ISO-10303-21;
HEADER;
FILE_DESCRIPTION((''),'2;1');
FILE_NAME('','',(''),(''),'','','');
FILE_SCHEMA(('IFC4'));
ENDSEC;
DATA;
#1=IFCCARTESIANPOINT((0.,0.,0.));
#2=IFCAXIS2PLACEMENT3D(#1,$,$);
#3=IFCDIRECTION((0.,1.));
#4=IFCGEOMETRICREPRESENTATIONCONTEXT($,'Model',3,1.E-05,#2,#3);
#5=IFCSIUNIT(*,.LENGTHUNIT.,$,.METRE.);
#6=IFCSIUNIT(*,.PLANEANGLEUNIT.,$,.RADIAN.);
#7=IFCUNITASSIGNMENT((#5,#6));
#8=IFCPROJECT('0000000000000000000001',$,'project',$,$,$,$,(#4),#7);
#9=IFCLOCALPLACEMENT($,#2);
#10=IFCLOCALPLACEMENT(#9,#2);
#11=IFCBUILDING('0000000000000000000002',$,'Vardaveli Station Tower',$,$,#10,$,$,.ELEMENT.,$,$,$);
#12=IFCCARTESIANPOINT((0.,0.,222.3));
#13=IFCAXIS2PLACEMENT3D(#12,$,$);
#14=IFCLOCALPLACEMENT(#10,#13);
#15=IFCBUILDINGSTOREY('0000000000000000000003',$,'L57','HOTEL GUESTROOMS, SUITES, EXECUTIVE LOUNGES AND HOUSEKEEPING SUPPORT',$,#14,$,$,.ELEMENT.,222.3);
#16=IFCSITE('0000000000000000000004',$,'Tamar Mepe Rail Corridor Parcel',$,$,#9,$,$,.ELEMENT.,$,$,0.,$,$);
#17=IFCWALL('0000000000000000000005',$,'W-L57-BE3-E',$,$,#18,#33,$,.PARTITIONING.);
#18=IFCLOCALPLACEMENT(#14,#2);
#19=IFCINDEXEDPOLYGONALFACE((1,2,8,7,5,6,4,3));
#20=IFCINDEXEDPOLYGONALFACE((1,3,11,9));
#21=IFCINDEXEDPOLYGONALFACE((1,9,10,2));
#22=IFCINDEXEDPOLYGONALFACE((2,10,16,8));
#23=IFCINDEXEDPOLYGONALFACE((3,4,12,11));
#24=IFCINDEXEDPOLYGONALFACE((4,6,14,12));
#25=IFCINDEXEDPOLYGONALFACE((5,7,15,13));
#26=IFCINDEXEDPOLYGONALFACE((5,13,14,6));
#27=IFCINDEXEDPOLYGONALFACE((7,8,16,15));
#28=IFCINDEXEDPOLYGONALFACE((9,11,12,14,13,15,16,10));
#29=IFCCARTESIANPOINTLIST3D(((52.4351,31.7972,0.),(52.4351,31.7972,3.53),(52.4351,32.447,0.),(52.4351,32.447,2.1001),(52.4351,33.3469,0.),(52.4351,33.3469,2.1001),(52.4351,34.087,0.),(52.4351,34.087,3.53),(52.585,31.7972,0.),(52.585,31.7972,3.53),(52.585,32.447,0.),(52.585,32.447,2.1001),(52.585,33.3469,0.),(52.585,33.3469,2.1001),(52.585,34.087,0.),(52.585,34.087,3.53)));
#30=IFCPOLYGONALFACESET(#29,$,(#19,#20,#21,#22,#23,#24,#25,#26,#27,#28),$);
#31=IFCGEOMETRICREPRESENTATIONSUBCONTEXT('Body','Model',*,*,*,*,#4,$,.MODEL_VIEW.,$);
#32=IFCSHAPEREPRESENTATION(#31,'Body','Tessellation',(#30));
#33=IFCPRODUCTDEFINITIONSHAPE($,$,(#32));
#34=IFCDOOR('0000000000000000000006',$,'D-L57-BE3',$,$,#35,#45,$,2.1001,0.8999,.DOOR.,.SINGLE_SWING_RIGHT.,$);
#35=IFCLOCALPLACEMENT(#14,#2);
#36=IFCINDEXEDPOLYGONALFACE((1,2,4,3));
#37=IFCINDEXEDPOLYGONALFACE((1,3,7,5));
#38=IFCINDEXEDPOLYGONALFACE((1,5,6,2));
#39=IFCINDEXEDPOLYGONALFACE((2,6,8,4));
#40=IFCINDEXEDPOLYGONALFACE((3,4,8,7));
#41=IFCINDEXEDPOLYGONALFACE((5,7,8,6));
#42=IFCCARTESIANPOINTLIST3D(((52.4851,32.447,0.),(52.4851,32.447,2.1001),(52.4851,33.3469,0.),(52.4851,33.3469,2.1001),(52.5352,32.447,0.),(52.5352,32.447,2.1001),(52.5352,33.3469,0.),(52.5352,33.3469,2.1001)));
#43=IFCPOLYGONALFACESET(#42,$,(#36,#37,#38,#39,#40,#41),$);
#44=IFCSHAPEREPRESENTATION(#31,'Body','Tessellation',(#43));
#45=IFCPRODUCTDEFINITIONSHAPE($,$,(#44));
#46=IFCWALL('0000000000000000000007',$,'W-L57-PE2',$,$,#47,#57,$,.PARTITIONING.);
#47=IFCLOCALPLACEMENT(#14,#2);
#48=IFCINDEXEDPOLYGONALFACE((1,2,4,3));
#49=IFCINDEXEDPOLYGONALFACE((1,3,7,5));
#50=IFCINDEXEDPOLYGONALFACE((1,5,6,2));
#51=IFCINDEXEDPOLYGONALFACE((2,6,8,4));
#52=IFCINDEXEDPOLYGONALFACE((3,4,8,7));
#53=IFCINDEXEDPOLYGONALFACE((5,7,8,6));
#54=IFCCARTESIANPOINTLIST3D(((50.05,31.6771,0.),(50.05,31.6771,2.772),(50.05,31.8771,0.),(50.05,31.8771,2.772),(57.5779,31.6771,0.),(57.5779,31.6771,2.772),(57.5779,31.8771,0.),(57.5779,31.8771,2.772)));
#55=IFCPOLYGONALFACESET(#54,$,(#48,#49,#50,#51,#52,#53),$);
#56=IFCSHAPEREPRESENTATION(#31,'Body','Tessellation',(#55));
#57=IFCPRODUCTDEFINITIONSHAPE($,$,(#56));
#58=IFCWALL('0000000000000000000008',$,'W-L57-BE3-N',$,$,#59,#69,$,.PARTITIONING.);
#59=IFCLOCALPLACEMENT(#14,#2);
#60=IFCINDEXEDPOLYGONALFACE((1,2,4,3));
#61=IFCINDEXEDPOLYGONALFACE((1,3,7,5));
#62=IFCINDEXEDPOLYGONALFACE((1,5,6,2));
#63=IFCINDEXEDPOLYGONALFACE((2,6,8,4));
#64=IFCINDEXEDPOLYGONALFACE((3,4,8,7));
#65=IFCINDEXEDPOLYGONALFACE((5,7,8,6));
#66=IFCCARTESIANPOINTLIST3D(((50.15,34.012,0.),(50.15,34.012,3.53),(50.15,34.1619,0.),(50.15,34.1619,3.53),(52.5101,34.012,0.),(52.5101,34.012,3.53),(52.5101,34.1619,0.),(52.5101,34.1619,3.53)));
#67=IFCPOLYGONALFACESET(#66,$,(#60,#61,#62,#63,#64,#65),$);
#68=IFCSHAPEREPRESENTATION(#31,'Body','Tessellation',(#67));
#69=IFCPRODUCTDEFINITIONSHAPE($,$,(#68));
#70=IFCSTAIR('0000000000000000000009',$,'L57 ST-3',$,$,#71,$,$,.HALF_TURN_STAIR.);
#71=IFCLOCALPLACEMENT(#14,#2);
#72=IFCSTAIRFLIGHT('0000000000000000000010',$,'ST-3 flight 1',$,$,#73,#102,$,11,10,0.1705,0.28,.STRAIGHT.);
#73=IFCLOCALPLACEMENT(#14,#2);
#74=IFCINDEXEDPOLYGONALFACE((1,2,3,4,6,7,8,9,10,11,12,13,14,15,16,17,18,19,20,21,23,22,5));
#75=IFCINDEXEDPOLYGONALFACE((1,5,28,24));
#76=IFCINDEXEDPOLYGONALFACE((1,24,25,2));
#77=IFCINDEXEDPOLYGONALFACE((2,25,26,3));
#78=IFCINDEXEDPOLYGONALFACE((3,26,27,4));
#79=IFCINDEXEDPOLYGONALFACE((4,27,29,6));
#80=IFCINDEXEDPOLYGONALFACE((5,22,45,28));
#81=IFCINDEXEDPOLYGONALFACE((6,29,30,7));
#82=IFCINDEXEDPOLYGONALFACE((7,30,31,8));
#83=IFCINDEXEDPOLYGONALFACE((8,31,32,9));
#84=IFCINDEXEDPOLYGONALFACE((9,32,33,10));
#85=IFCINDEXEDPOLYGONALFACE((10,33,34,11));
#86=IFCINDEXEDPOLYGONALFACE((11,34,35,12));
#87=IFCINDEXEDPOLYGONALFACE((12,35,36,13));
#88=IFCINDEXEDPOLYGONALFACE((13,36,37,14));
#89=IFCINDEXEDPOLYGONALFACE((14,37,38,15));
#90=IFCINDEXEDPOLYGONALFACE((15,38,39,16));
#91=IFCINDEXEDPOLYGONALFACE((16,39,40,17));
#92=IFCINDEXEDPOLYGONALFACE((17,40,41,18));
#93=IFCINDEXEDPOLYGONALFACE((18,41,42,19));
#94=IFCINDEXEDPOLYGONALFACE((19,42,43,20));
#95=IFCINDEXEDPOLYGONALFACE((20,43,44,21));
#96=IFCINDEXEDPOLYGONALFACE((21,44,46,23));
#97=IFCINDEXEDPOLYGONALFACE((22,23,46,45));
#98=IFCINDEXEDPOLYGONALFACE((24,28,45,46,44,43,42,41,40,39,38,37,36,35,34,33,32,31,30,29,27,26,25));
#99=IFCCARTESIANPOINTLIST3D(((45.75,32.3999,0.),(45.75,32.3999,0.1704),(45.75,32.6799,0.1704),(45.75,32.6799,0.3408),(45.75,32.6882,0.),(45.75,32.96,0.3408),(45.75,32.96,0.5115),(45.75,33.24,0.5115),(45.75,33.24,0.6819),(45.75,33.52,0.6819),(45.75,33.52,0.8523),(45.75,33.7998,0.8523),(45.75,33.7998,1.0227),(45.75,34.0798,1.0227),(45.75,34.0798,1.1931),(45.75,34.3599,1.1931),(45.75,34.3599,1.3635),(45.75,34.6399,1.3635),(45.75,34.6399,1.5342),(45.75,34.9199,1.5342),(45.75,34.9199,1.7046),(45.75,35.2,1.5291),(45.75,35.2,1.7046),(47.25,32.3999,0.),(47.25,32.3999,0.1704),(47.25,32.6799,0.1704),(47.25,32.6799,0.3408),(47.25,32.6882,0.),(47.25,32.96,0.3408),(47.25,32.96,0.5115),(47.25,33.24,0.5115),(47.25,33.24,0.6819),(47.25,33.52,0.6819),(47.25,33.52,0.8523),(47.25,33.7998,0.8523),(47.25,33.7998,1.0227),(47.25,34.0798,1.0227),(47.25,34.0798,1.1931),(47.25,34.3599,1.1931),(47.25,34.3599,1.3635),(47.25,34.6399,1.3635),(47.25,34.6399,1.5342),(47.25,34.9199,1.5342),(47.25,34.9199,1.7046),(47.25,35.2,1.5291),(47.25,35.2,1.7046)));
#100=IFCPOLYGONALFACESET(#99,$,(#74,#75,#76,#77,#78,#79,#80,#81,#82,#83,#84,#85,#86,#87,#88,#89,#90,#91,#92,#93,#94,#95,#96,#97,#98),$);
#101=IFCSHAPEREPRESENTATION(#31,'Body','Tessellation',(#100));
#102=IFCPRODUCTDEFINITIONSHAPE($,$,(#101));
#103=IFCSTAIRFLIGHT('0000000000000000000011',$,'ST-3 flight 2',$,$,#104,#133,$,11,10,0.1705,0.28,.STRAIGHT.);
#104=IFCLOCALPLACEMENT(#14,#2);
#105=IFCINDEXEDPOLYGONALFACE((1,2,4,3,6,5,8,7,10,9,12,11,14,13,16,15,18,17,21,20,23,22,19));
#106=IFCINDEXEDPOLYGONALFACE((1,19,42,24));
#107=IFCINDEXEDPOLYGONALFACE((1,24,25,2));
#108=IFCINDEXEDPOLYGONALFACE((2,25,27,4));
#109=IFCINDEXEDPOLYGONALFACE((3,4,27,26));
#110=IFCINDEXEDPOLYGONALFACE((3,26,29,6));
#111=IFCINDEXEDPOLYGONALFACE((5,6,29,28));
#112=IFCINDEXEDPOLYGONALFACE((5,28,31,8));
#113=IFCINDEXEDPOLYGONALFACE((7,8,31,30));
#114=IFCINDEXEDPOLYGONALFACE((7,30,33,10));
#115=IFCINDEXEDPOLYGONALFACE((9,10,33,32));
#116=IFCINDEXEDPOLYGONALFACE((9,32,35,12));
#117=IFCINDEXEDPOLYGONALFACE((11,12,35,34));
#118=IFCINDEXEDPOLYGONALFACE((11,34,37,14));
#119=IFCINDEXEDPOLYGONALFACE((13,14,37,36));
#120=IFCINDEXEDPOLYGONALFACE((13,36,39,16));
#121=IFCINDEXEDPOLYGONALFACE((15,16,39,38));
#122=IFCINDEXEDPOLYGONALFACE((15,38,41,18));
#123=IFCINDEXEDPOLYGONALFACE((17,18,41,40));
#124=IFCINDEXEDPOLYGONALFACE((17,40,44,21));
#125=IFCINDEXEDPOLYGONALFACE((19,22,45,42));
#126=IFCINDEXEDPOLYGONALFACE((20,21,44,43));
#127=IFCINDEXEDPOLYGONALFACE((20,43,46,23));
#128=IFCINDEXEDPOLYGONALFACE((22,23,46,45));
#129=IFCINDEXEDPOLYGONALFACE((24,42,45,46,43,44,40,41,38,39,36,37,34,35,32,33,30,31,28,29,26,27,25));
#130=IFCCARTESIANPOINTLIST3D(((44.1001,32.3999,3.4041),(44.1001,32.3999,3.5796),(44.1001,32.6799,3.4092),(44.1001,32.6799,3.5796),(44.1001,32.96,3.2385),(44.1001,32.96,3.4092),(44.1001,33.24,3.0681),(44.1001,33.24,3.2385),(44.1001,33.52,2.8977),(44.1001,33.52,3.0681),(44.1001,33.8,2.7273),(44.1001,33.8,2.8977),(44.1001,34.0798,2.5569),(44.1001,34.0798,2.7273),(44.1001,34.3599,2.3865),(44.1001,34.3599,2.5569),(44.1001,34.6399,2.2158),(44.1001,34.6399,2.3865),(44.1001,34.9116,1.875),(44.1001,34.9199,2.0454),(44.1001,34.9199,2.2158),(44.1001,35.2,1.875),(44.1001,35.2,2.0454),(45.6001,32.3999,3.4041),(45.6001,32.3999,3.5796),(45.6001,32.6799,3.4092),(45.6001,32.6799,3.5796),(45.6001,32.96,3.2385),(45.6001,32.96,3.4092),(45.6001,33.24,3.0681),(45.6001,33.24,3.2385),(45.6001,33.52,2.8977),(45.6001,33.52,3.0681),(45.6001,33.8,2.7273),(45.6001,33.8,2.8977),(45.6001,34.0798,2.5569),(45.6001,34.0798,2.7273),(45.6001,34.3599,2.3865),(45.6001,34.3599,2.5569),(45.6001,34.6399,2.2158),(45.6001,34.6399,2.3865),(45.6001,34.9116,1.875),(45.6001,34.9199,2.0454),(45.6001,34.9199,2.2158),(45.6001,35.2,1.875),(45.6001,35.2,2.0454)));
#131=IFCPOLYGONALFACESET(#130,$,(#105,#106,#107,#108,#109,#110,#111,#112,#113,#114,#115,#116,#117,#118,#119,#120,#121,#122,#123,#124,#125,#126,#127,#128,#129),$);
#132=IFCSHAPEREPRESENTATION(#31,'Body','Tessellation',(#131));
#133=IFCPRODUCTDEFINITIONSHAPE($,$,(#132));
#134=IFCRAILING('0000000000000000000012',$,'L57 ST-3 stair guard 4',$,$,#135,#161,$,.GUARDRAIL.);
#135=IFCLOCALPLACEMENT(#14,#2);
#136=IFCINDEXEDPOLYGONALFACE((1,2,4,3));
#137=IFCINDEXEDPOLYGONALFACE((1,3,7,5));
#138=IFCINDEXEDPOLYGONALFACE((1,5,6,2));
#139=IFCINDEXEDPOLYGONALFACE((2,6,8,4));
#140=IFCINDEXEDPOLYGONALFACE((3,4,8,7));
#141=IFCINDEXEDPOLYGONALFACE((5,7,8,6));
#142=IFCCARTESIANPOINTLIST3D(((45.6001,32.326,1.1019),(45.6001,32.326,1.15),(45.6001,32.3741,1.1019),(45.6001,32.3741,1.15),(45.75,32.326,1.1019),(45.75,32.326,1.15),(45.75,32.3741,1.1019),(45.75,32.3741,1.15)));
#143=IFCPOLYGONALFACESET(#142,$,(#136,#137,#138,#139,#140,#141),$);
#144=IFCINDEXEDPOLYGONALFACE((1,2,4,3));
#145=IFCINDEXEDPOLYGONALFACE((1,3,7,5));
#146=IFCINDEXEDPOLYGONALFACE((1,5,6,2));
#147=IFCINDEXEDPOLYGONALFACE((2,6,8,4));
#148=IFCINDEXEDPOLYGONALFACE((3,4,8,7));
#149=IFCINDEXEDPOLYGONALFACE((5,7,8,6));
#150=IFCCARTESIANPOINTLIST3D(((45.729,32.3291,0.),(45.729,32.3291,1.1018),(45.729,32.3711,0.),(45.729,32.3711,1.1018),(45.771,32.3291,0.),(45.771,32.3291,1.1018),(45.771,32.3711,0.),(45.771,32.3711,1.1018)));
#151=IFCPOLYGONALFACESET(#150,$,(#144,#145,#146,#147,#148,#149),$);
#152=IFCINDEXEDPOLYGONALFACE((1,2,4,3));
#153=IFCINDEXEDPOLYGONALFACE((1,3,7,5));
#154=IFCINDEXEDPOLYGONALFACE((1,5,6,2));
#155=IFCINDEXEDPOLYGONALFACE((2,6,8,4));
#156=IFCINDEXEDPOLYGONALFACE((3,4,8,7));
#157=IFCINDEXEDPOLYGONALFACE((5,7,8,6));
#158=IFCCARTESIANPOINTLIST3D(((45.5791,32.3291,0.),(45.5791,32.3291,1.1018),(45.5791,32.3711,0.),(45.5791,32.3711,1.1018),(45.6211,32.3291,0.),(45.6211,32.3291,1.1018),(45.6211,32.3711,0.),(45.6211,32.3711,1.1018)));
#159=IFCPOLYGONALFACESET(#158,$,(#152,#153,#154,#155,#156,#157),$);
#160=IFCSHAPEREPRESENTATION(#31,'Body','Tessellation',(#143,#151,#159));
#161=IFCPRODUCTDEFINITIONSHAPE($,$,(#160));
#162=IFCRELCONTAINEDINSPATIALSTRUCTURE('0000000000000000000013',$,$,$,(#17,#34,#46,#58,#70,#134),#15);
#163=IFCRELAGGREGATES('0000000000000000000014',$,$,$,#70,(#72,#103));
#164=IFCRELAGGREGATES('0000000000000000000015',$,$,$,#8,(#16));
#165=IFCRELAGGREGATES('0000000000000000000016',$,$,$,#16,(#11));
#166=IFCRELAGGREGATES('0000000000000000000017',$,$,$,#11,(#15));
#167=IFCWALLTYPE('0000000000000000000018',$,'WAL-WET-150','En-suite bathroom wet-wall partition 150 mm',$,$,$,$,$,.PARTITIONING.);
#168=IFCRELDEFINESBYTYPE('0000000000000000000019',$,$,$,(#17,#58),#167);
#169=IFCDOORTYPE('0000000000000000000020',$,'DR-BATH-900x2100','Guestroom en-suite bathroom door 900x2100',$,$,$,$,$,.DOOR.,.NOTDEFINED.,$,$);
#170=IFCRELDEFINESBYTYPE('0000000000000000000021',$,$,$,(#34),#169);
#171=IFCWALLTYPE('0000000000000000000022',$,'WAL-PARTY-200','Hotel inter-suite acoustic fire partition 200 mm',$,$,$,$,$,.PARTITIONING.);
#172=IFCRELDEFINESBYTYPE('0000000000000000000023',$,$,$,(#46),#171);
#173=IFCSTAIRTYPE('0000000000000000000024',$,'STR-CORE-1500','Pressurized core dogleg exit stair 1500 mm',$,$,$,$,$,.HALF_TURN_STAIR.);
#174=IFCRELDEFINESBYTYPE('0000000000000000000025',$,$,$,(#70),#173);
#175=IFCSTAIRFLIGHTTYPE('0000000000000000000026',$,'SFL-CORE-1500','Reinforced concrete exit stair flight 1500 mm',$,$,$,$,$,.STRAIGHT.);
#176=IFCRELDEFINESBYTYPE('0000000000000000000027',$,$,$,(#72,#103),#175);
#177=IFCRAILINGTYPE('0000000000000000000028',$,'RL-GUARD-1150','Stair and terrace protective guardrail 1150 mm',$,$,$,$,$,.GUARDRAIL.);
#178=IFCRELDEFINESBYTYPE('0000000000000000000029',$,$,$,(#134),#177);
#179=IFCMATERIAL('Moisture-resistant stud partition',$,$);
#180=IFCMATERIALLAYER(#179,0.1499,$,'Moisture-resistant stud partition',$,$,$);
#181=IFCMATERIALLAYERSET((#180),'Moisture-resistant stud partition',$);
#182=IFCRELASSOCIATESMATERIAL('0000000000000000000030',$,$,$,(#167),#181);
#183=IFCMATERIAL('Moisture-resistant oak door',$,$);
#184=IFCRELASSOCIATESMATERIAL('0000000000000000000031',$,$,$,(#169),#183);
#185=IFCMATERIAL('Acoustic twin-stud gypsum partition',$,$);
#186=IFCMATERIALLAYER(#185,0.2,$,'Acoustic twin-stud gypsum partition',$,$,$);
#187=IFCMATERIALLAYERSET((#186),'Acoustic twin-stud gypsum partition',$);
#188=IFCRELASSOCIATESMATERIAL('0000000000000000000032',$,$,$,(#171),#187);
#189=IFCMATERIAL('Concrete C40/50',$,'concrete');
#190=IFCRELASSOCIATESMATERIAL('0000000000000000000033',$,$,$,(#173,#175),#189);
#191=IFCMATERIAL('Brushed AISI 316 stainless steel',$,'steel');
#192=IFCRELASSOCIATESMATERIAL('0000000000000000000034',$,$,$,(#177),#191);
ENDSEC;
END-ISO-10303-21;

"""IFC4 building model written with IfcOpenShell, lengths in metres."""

from ifc_helpers import new_model, si_unit, direction, frame, frame_2d, origin, origin_2d, place, context, subcontext, project, spatial, polyline, rectangle, outline, extrude, source, transform, mapped, material, layer, layer_set, type_object, element, fill, aggregate, save


model = new_model("IFC4")

# Units and contexts
model_context = context("Model", 3, precision=1e-05, world=origin(), true_north=direction((0.0, 1.0)))
body_context = subcontext(model_context, "Body", "Model", "MODEL_VIEW")
ifc_project = project(units=[si_unit("LENGTHUNIT", "METRE"), si_unit("PLANEANGLEUNIT", "RADIAN")], contexts=[model_context])

# Site, building, storey
site_placement = place(None, origin())
site = spatial("IfcSite", under=ifc_project, at=site_placement, Name="Tamar Mepe Rail Corridor Parcel", CompositionType="ELEMENT", RefElevation=0.0)
building_placement = place(site_placement, origin())
building = spatial("IfcBuilding", under=site, at=building_placement, Name="Vardaveli Station Tower", CompositionType="ELEMENT")
storey_placement = place(building_placement, frame((0.0, 0.0, 222.3)))
storey = spatial("IfcBuildingStorey", under=building, at=storey_placement, Name="L57", Description="HOTEL GUESTROOMS, SUITES, EXECUTIVE LOUNGES AND HOUSEKEEPING SUPPORT", CompositionType="ELEMENT", Elevation=222.3)

# Shared definitions
ifc_material_1 = material(Name="Concrete C40/50", Category="concrete")

# Wall, opening, door
ifc_material_2 = material(Name="Moisture-resistant stud partition")
ifc_layer_1 = layer(ifc_material_2, 0.1499, Name="Moisture-resistant stud partition")
ifc_layer_set_1 = layer_set([ifc_layer_1], Name="Moisture-resistant stud partition")
wall_type_1 = type_object("IfcWallType", Name="WAL-WET-150", Description="En-suite bathroom wet-wall partition 150 mm", PredefinedType="PARTITIONING", material=ifc_layer_set_1)
shared_shape_1 = source(origin(), body_context, "Body", "SweptSolid", [
    extrude(rectangle(XDim=2.2898, YDim=0.1499, at=frame_2d((1.145, 0.0))), origin(), (0.0, 0.0, 1.0), 3.53),
])
wall_1_placement = place(storey_placement, frame((52.51, 31.7971, 0.0), z_axis=(0.0, 0.0, 1.0), x_axis=(0.0, 1.0, 0.0)))
wall_1 = element("IfcWall", 1, at=wall_1_placement, inside=storey, type_object=wall_type_1, Name="W-L57-BE3-E", PredefinedType="PARTITIONING", context=body_context, shape_type="MappedRepresentation", body=[
    mapped(shared_shape_1, transform((0.0, 0.0, 0.0), scale=1.0)),
])
shared_shape_2 = source(origin(), body_context, "Body", "SweptSolid", [
    extrude(rectangle(XDim=0.8999, YDim=2.1001, at=frame_2d((0.45, 1.05))), frame((0.0, 0.085, 0.0), z_axis=(0.0, -1.0, 0.0), x_axis=(1.0, 0.0, 0.0)), (0.0, 0.0, 1.0), 0.1699),
])
opening_1_placement = place(wall_1_placement, frame((0.6499, 0.0, 0.0)))
opening_1 = element("IfcOpeningElement", 2, at=opening_1_placement, cuts=wall_1, PredefinedType="OPENING", context=body_context, shape_type="MappedRepresentation", body=[
    mapped(shared_shape_2, transform((0.0, 0.0, 0.0), scale=1.0)),
])
ifc_material_3 = material(Name="Moisture-resistant oak door")
door_type_1 = type_object("IfcDoorType", Name="DR-BATH-900x2100", Description="Guestroom en-suite bathroom door 900x2100", OperationType="NOTDEFINED", PredefinedType="DOOR", material=ifc_material_3)
shared_shape_3 = source(origin(), body_context, "Body", "SweptSolid", [
    extrude(rectangle(XDim=0.8999, YDim=2.1001, at=frame_2d((0.45, 1.05))), frame((0.0, 0.0249, 0.0), z_axis=(0.0, -1.0, 0.0), x_axis=(1.0, 0.0, 0.0)), (0.0, 0.0, 1.0), 0.05),
])
door_1_placement = place(opening_1_placement, origin())
door_1 = element("IfcDoor", 3, at=door_1_placement, inside=storey, type_object=door_type_1, Name="D-L57-BE3", OperationType="SINGLE_SWING_RIGHT", OverallHeight=2.1001, OverallWidth=0.8999, PredefinedType="DOOR", context=body_context, shape_type="MappedRepresentation", body=[
    mapped(shared_shape_3, transform((0.0, 0.0, 0.0), scale=1.0)),
])
fill(opening_1, door_1)

# Walls
ifc_material_4 = material(Name="Acoustic twin-stud gypsum partition")
ifc_layer_2 = layer(ifc_material_4, 0.2, Name="Acoustic twin-stud gypsum partition")
ifc_layer_set_2 = layer_set([ifc_layer_2], Name="Acoustic twin-stud gypsum partition")
wall_type_2 = type_object("IfcWallType", Name="WAL-PARTY-200", Description="Hotel inter-suite acoustic fire partition 200 mm", PredefinedType="PARTITIONING", material=ifc_layer_set_2)
shared_shape_4 = source(origin(), body_context, "Body", "SweptSolid", [
    extrude(rectangle(XDim=7.5278, YDim=0.2, at=frame_2d((3.7639, 0.0))), origin(), (0.0, 0.0, 1.0), 2.772),
])
wall_2_placement = place(storey_placement, frame((50.05, 31.7771, 0.0), z_axis=(0.0, 0.0, 1.0), x_axis=(1.0, 0.0, 0.0)))
element("IfcWall", 4, at=wall_2_placement, inside=storey, type_object=wall_type_2, Name="W-L57-PE2", PredefinedType="PARTITIONING", context=body_context, shape_type="MappedRepresentation", body=[
    mapped(shared_shape_4, transform((0.0, 0.0, 0.0), scale=1.0)),
])
shared_shape_5 = source(origin(), body_context, "Body", "SweptSolid", [
    extrude(rectangle(XDim=2.3601, YDim=0.1499, at=frame_2d((1.1802, 0.0))), origin(), (0.0, 0.0, 1.0), 3.53),
])
wall_3_placement = place(storey_placement, frame((50.1499, 34.0869, 0.0), z_axis=(0.0, 0.0, 1.0), x_axis=(1.0, 0.0, 0.0)))
element("IfcWall", 5, at=wall_3_placement, inside=storey, type_object=wall_type_1, Name="W-L57-BE3-N", PredefinedType="PARTITIONING", context=body_context, shape_type="MappedRepresentation", body=[
    mapped(shared_shape_5, transform((0.0, 0.0, 0.0), scale=1.0)),
])

# Stair, stair flights
stair_type = type_object("IfcStairType", Name="STR-CORE-1500", Description="Pressurized core dogleg exit stair 1500 mm", PredefinedType="HALF_TURN_STAIR", material=ifc_material_1)
stair_placement = place(storey_placement, origin())
stair = element("IfcStair", 6, at=stair_placement, inside=storey, type_object=stair_type, Name="L57 ST-3", PredefinedType="HALF_TURN_STAIR")
stair_flight_type = type_object("IfcStairFlightType", Name="SFL-CORE-1500", Description="Reinforced concrete exit stair flight 1500 mm", PredefinedType="STRAIGHT", material=ifc_material_1)
shared_shape_6 = source(origin(), body_context, "Body", "SweptSolid", [
    extrude(outline(polyline([(0.0, 0.0), (0.0, 0.1704), (0.28, 0.1704), (0.28, 0.3408), (0.5601, 0.3408), (0.5601, 0.5115), (0.8401, 0.5115), (0.8401, 0.6819), (1.1201, 0.6819), (1.1201, 0.8523), (1.3999, 0.8523), (1.3999, 1.0227), (1.6799, 1.0227), (1.6799, 1.1931), (1.96, 1.1931), (1.96, 1.3635), (2.24, 1.3635), (2.24, 1.5342), (2.52, 1.5342), (2.52, 1.7046), (2.8, 1.7046), (2.8, 1.875), (2.8, 1.5291), (0.2883, 0.0), (0.0, 0.0)])), frame((0.0, 0.75, 0.0), z_axis=(0.0, -1.0, 0.0), x_axis=(1.0, 0.0, 0.0)), (0.0, 0.0, 1.0), 1.5),
])
stair_flight_1_placement = place(storey_placement, frame((46.5, 32.3999, 0.0), z_axis=(0.0, 0.0, 1.0), x_axis=(0.0, 1.0, 0.0)))
stair_flight_1 = element("IfcStairFlight", 7, at=stair_flight_1_placement, type_object=stair_flight_type, Name="ST-3 flight 1", NumberOfRisers=11, NumberOfTreads=10, PredefinedType="STRAIGHT", RiserHeight=0.1705, TreadLength=0.28, context=body_context, shape_type="MappedRepresentation", body=[
    mapped(shared_shape_6, transform((0.0, 0.0, 0.0), scale=1.0)),
])
stair_flight_2_placement = place(storey_placement, frame((44.8501, 35.2, 1.875), z_axis=(0.0, 0.0, 1.0), x_axis=(0.0, -1.0, 0.0)))
stair_flight_2 = element("IfcStairFlight", 8, at=stair_flight_2_placement, type_object=stair_flight_type, Name="ST-3 flight 2", NumberOfRisers=11, NumberOfTreads=10, PredefinedType="STRAIGHT", RiserHeight=0.1705, TreadLength=0.28, context=body_context, shape_type="MappedRepresentation", body=[
    mapped(shared_shape_6, transform((0.0, 0.0, 0.0), scale=1.0)),
])
aggregate(stair, [stair_flight_1, stair_flight_2])

# Railing
ifc_material_5 = material(Name="Brushed AISI 316 stainless steel", Category="steel")
railing_type_1 = type_object("IfcRailingType", Name="RL-GUARD-1150", Description="Stair and terrace protective guardrail 1150 mm", PredefinedType="GUARDRAIL", material=ifc_material_5)
shared_shape_7 = source(origin(), body_context, "Body", "SweptSolid", [
    extrude(rectangle(XDim=0.0481, YDim=0.0481, at=origin_2d()), frame((0.0, 0.0, 1.126), z_axis=(-1.0, 0.0, 0.0), x_axis=(0.0, -1.0, 0.0)), (0.0, 0.0, 1.0), 0.1499),
    extrude(rectangle(XDim=0.042, YDim=0.042, at=origin_2d()), origin(), (0.0, 0.0, 1.0), 1.1018),
    extrude(rectangle(XDim=0.042, YDim=0.042, at=origin_2d()), frame((-0.1499, 0.0, 0.0)), (0.0, 0.0, 1.0), 1.1018),
])
railing_1_placement = place(storey_placement, frame((45.75, 32.3501, 0.0)))
element("IfcRailing", 9, at=railing_1_placement, inside=storey, type_object=railing_type_1, Name="L57 ST-3 stair guard 4", PredefinedType="GUARDRAIL", context=body_context, shape_type="MappedRepresentation", body=[
    mapped(shared_shape_7, transform((0.0, 0.0, 0.0), scale=1.0)),
])

save(model, "model.ifc")
